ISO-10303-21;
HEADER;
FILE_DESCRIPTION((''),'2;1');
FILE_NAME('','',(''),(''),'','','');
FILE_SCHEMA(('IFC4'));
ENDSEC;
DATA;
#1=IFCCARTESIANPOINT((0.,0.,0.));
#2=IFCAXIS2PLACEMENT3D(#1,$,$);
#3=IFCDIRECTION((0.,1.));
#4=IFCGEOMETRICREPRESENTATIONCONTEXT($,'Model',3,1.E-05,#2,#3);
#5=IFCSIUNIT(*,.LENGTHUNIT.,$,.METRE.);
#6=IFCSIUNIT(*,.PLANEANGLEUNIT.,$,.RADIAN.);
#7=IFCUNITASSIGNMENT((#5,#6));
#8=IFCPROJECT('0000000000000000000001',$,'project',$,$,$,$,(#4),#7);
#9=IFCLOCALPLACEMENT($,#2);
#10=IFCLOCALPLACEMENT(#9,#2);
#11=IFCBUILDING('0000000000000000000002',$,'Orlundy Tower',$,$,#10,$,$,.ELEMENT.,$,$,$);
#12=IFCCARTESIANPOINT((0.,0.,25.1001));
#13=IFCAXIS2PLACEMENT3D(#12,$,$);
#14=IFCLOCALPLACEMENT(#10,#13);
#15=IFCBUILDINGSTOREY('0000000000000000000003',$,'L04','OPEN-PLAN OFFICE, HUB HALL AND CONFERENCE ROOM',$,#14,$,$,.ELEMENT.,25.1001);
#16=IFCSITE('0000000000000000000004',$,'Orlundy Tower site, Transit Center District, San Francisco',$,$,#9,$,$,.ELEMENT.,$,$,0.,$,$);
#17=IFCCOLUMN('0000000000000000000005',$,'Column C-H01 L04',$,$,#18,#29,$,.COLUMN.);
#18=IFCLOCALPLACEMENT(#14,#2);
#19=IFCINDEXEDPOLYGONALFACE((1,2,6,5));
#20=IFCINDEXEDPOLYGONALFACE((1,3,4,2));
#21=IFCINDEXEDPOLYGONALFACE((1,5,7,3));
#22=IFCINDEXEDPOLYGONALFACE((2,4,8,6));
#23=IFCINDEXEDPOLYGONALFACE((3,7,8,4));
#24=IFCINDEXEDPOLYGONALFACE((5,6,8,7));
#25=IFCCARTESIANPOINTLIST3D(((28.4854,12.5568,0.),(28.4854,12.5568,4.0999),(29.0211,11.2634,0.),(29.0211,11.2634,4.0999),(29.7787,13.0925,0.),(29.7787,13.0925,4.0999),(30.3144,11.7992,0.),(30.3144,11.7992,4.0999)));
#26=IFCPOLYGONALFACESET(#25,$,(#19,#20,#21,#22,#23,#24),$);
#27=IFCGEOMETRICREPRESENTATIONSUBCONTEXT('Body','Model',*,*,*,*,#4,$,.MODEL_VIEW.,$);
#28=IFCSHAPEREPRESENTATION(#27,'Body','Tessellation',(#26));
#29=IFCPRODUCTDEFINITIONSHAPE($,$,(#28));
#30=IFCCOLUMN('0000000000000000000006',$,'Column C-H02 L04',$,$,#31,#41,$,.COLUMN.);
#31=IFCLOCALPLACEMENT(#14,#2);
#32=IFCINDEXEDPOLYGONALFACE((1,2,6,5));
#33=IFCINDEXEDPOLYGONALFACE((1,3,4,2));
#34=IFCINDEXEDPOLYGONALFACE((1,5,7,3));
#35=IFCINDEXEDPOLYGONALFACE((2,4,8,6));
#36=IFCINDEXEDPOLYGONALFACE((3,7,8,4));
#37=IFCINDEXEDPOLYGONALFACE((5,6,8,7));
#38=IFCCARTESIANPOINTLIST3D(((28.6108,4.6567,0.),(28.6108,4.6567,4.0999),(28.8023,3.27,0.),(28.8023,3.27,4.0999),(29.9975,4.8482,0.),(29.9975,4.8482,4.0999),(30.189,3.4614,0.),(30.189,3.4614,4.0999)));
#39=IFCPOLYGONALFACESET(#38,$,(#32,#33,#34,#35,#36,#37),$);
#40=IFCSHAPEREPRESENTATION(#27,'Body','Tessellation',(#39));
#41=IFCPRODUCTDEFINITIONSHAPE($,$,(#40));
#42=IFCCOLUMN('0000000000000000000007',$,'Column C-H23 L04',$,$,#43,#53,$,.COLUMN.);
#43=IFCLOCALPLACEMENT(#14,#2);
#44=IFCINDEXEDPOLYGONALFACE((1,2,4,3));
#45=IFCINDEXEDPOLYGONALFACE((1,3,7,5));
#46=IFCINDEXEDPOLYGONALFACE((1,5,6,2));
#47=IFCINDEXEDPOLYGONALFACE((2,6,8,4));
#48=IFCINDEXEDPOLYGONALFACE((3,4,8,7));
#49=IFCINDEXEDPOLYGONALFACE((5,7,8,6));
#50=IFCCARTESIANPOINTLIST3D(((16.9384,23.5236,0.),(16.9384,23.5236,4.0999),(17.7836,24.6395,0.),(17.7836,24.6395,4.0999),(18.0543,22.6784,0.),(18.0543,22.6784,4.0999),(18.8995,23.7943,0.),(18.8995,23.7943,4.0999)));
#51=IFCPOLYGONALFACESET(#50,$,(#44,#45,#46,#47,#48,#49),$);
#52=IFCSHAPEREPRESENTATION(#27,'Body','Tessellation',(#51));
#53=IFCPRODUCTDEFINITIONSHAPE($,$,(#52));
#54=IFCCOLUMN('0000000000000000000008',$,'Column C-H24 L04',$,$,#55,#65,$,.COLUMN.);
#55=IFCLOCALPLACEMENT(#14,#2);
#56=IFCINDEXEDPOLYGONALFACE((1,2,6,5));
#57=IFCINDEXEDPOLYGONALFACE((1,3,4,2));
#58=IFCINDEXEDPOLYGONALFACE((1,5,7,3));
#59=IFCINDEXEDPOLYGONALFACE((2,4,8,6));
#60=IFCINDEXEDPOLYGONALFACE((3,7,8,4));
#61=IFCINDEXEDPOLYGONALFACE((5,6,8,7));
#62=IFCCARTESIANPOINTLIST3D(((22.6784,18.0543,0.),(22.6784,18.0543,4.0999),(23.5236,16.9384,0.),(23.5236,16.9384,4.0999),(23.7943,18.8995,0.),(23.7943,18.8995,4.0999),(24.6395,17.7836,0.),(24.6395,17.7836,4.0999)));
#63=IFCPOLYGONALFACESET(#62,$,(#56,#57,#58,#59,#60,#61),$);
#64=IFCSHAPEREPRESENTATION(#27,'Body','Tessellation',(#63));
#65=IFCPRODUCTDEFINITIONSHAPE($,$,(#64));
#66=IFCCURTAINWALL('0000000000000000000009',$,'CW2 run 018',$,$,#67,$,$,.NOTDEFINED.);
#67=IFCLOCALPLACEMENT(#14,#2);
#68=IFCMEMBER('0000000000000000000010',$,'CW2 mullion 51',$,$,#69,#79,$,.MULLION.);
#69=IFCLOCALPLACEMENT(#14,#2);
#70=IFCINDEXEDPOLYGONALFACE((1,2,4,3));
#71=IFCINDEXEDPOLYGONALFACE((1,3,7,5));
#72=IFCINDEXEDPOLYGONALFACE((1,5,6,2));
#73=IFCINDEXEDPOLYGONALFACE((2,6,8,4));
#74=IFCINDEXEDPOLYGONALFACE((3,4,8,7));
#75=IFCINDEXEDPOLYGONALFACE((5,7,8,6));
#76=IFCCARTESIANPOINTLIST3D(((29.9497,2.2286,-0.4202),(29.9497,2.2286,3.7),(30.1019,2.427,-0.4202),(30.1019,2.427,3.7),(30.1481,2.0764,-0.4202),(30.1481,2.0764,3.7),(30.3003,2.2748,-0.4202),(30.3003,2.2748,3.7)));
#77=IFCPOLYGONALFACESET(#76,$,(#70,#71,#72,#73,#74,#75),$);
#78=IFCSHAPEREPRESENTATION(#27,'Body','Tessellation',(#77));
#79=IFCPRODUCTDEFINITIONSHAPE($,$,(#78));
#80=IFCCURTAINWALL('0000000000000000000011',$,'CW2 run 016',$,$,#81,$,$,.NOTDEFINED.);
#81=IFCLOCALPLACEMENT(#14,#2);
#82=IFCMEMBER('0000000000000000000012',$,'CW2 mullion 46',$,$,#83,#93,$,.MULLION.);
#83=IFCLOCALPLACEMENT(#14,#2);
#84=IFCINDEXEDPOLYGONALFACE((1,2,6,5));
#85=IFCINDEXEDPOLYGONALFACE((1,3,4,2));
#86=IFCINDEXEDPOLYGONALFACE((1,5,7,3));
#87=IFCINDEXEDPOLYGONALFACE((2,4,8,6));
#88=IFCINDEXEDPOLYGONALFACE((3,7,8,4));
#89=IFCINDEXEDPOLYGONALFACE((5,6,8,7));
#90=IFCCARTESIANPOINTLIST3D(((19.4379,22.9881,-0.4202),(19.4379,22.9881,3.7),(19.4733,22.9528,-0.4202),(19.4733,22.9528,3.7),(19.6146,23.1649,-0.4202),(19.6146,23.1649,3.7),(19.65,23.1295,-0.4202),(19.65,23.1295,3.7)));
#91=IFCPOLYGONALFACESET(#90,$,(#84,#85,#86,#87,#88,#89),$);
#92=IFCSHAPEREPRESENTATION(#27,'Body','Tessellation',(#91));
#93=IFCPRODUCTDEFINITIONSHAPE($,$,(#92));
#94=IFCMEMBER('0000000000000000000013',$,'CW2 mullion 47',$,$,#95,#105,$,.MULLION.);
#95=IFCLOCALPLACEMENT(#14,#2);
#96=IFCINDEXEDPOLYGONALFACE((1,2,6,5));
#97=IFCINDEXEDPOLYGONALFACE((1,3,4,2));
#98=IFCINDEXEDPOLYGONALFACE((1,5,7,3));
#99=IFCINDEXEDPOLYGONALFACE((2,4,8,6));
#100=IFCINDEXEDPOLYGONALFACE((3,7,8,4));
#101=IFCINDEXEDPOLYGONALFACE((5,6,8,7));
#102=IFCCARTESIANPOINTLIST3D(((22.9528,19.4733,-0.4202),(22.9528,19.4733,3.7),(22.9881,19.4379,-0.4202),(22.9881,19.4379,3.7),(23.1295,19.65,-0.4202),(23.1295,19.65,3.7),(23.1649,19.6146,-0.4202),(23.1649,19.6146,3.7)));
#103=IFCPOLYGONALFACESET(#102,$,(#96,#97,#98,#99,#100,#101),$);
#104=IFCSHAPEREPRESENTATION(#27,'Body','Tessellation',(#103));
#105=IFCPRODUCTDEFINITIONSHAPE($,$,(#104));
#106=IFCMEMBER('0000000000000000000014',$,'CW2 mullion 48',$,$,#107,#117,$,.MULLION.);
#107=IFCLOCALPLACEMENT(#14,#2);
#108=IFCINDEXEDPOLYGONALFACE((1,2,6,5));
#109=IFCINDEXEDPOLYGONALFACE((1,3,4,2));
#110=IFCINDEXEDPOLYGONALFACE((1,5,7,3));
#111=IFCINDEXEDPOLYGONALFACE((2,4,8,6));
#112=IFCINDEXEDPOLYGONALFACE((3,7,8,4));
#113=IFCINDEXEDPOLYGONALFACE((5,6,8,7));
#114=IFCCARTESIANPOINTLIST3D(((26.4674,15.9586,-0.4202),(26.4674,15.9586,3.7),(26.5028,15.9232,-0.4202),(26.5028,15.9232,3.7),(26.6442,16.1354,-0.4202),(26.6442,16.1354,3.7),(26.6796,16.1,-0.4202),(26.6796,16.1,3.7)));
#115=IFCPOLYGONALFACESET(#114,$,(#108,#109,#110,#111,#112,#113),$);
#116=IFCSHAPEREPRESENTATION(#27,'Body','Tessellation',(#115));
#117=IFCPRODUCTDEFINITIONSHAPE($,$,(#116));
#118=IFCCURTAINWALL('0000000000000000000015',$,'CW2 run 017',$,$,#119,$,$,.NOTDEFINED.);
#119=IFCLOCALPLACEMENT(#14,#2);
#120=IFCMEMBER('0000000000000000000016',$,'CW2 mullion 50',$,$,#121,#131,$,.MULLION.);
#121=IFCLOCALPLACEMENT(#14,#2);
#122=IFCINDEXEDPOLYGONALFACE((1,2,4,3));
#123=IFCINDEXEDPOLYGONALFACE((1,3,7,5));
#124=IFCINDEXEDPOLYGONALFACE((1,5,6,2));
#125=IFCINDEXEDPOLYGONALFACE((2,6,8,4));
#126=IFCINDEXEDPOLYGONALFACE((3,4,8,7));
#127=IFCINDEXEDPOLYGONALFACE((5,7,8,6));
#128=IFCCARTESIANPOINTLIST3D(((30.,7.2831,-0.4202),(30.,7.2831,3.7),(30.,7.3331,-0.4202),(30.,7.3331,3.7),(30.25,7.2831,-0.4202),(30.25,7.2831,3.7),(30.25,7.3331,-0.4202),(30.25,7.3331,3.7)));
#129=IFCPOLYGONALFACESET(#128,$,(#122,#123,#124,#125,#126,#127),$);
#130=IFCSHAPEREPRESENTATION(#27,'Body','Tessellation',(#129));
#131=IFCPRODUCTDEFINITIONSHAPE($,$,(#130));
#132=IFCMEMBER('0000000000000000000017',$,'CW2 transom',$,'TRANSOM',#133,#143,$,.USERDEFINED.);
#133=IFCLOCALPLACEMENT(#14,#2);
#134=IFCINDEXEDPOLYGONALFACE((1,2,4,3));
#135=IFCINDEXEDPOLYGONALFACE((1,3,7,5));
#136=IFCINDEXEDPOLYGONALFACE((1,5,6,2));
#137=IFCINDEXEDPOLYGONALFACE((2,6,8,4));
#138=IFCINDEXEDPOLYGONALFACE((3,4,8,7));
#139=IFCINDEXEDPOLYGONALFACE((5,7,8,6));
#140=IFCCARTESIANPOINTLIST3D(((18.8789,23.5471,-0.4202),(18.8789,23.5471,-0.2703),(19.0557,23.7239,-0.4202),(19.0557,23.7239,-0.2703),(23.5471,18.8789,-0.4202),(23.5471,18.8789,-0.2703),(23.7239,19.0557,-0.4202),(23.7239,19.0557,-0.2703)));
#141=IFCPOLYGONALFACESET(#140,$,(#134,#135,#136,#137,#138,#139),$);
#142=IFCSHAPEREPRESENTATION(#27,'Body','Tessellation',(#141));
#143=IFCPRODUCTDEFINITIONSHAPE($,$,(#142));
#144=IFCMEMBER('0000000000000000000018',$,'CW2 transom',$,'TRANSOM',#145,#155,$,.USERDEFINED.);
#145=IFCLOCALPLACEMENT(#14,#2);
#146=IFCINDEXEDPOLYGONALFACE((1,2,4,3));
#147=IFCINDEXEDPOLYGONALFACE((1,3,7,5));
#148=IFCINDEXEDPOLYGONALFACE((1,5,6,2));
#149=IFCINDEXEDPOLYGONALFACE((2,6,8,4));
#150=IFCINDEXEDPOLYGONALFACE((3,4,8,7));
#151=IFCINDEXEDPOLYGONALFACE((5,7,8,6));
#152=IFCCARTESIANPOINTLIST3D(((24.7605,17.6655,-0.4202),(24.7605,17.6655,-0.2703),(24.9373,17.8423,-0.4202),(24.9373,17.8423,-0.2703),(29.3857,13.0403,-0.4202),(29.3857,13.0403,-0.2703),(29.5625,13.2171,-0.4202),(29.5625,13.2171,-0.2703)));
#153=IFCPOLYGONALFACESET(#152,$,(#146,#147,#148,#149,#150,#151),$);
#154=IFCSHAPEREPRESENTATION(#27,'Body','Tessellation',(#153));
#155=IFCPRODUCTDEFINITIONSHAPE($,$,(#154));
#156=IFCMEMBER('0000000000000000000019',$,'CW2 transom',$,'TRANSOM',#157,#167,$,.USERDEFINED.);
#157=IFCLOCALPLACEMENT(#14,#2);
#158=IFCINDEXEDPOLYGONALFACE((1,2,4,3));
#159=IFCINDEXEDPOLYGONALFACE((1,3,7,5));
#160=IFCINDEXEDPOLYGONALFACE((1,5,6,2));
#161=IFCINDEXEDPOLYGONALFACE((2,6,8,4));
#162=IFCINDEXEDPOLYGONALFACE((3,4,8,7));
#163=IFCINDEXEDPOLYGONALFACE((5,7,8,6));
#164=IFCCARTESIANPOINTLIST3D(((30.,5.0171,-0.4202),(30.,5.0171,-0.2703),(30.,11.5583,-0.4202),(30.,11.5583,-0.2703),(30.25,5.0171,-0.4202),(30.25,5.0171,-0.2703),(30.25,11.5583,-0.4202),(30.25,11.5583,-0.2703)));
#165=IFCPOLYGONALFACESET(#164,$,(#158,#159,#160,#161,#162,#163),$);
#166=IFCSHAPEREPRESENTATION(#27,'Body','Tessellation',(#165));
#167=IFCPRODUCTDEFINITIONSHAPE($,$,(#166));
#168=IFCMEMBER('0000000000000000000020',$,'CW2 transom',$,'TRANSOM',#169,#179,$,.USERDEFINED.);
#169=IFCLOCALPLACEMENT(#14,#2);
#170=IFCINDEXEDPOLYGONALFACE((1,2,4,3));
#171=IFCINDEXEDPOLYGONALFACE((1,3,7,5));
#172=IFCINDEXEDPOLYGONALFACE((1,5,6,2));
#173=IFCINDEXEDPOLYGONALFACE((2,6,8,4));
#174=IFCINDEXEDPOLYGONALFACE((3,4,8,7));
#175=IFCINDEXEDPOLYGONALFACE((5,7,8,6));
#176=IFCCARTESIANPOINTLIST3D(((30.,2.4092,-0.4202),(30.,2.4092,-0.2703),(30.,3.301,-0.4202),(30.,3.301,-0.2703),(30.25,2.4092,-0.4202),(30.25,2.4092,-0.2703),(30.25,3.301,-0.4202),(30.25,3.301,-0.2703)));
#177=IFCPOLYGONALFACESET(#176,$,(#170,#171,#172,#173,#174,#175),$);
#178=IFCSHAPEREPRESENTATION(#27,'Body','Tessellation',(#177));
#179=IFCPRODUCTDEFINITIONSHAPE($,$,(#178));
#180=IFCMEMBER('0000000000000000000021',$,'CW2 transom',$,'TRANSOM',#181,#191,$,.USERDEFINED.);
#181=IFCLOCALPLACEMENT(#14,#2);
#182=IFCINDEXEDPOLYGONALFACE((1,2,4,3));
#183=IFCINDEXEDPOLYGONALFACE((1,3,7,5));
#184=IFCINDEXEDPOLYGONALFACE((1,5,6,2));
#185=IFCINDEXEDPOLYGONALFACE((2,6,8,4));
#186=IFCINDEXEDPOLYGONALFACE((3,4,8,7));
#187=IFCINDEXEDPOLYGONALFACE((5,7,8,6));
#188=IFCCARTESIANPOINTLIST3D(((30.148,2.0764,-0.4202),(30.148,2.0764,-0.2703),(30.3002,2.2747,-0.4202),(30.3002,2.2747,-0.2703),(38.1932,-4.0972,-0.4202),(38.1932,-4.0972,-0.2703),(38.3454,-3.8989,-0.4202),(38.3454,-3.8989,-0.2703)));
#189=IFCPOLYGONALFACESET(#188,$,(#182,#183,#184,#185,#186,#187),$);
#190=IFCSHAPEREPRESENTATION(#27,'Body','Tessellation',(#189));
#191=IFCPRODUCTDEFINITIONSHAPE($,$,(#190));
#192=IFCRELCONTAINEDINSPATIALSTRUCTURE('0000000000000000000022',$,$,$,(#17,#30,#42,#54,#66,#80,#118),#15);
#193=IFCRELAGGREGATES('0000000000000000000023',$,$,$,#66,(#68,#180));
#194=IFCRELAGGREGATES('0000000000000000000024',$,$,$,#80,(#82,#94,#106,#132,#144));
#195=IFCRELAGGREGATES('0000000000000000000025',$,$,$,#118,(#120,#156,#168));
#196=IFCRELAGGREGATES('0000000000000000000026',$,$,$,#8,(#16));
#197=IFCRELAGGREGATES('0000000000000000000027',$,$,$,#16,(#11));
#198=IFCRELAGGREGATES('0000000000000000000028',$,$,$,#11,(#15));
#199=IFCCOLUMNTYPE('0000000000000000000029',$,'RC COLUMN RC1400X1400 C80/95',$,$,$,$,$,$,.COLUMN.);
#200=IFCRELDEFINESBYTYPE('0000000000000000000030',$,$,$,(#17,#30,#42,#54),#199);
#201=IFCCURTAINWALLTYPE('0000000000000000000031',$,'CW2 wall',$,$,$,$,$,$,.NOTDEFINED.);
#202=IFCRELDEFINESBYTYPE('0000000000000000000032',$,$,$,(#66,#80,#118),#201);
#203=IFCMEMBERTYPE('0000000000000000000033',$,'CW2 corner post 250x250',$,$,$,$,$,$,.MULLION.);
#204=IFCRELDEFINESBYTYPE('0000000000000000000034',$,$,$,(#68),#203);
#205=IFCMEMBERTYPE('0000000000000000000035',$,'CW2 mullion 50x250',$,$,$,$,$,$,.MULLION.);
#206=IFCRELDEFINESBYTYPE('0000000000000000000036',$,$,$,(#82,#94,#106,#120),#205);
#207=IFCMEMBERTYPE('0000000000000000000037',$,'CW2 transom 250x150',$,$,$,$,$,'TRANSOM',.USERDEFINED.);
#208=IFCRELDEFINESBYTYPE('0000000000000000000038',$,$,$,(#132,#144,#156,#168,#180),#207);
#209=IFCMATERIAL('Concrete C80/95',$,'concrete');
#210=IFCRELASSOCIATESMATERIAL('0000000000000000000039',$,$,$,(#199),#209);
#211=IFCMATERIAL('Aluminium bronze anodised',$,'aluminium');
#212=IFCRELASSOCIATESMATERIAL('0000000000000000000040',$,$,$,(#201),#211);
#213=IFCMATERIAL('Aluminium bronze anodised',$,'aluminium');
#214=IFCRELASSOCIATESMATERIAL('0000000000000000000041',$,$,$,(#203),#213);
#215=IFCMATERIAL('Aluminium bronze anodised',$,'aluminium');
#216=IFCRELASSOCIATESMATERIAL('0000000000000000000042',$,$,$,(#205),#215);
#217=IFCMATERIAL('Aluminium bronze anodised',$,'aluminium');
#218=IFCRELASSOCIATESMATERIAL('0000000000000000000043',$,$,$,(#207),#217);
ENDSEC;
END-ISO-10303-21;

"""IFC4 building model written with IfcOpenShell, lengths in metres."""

from ifc_helpers import new_model, si_unit, direction, frame, origin, origin_2d, place, context, subcontext, project, spatial, rectangle, extrude, material, material_profile, profile_set, type_object, element, aggregate, save


model = new_model("IFC4")

# Units and contexts
model_context = context("Model", 3, precision=1e-05, world=origin(), true_north=direction((0.0, 1.0)))
body_context = subcontext(model_context, "Body", "Model", "MODEL_VIEW")
ifc_project = project(units=[si_unit("LENGTHUNIT", "METRE"), si_unit("PLANEANGLEUNIT", "RADIAN")], contexts=[model_context])

# Site, building, storey
site_placement = place(None, origin())
site = spatial("IfcSite", under=ifc_project, at=site_placement, Name="Orlundy Tower site, Transit Center District, San Francisco", CompositionType="ELEMENT", RefElevation=0.0)
building_placement = place(site_placement, origin())
building = spatial("IfcBuilding", under=site, at=building_placement, Name="Orlundy Tower", CompositionType="ELEMENT")
storey_placement = place(building_placement, frame((0.0, 0.0, 25.1001)))
storey = spatial("IfcBuildingStorey", under=building, at=storey_placement, Name="L04", Description="OPEN-PLAN OFFICE, HUB HALL AND CONFERENCE ROOM", CompositionType="ELEMENT", Elevation=25.1001)

# Columns
ifc_material_1 = material(Name="Concrete C80/95", Category="concrete")
ifc_material_profile_1 = material_profile(ifc_material_1, rectangle(XDim=1.3999, YDim=1.3999, at=origin_2d()), Name="RC1400X1400")
ifc_profile_set_1 = profile_set([ifc_material_profile_1], Name="Concrete C80/95")
column_type = type_object("IfcColumnType", Name="RC COLUMN RC1400X1400 C80/95", PredefinedType="COLUMN", material=ifc_profile_set_1)
for number, where, z_axis, x_axis, name in (
    (1, (29.3999, 12.178, 0.0), (0.0, 0.0, 1.0), (0.92388, 0.382683, 0.0), "Column C-H01 L04"),
    (2, (29.3999, 4.0591, 0.0), (0.0, 0.0, 1.0), (0.990603, 0.13677, 0.0), "Column C-H02 L04"),
    (3, (17.9189, 23.6589, 0.0), (0.0, 0.0, 1.0), (0.603765, 0.797163, 0.0), "Column C-H23 L04"),
    (4, (23.6589, 17.9189, 0.0), (0.0, 0.0, 1.0), (0.797163, 0.603765, 0.0), "Column C-H24 L04"),
):
    element("IfcColumn", number, at=place(storey_placement, frame(where, z_axis=z_axis, x_axis=x_axis)), inside=storey, type_object=column_type, Name=name, PredefinedType="COLUMN", context=body_context, shape_type="SweptSolid", body=[
        extrude(rectangle(XDim=1.3999, YDim=1.3999, at=origin_2d()), origin(), (0.0, 0.0, 1.0), 4.0999),
    ])

# Curtain wall, member
ifc_material_2 = material(Name="Aluminium bronze anodised", Category="aluminium")
curtain_wall_type = type_object("IfcCurtainWallType", Name="CW2 wall", PredefinedType="NOTDEFINED", material=ifc_material_2)
curtain_wall_1_placement = place(storey_placement, origin())
curtain_wall_1 = element("IfcCurtainWall", 5, at=curtain_wall_1_placement, inside=storey, type_object=curtain_wall_type, Name="CW2 run 018", PredefinedType="NOTDEFINED")
ifc_material_3 = material(Name="Aluminium bronze anodised", Category="aluminium")
ifc_material_profile_2 = material_profile(ifc_material_3, rectangle(XDim=0.25, YDim=0.25, at=origin_2d()), Name="CW2 corner post 250x250")
ifc_profile_set_2 = profile_set([ifc_material_profile_2], Name="Aluminium bronze anodised")
member_type_1 = type_object("IfcMemberType", Name="CW2 corner post 250x250", PredefinedType="MULLION", material=ifc_profile_set_2)
member_1_placement = place(storey_placement, frame((30.125, 2.2517, -0.4202), z_axis=(0.0, 0.0, 1.0), x_axis=(0.608779, 0.79334, 0.0)))
member_1 = element("IfcMember", 6, at=member_1_placement, type_object=member_type_1, Name="CW2 mullion 51", PredefinedType="MULLION", context=body_context, shape_type="SweptSolid", body=[
    extrude(rectangle(XDim=0.25, YDim=0.25, at=origin_2d()), origin(), (0.0, 0.0, 1.0), 4.1201),
])

# Curtain wall, members
curtain_wall_2_placement = place(storey_placement, origin())
curtain_wall_2 = element("IfcCurtainWall", 7, at=curtain_wall_2_placement, inside=storey, type_object=curtain_wall_type, Name="CW2 run 016", PredefinedType="NOTDEFINED")
ifc_material_4 = material(Name="Aluminium bronze anodised", Category="aluminium")
ifc_material_profile_3 = material_profile(ifc_material_4, rectangle(XDim=0.25, YDim=0.05, at=origin_2d()), Name="CW2 mullion 50x250")
ifc_profile_set_3 = profile_set([ifc_material_profile_3], Name="Aluminium bronze anodised")
member_type_2 = type_object("IfcMemberType", Name="CW2 mullion 50x250", PredefinedType="MULLION", material=ifc_profile_set_3)
member_2_placement = place(storey_placement, frame((19.5439, 23.0588, -0.4202), z_axis=(0.0, 0.0, 1.0), x_axis=(0.707107, 0.707107, 0.0)))
member_2 = element("IfcMember", 8, at=member_2_placement, type_object=member_type_2, Name="CW2 mullion 46", PredefinedType="MULLION", context=body_context, shape_type="SweptSolid", body=[
    extrude(rectangle(XDim=0.25, YDim=0.05, at=origin_2d()), origin(), (0.0, 0.0, 1.0), 4.1201),
])
member_3_placement = place(storey_placement, frame((23.0588, 19.5439, -0.4202), z_axis=(0.0, 0.0, 1.0), x_axis=(0.707107, 0.707107, 0.0)))
member_3 = element("IfcMember", 9, at=member_3_placement, type_object=member_type_2, Name="CW2 mullion 47", PredefinedType="MULLION", context=body_context, shape_type="SweptSolid", body=[
    extrude(rectangle(XDim=0.25, YDim=0.05, at=origin_2d()), origin(), (0.0, 0.0, 1.0), 4.1201),
])
member_4_placement = place(storey_placement, frame((26.5735, 16.0293, -0.4202), z_axis=(0.0, 0.0, 1.0), x_axis=(0.707107, 0.707107, 0.0)))
member_4 = element("IfcMember", 10, at=member_4_placement, type_object=member_type_2, Name="CW2 mullion 48", PredefinedType="MULLION", context=body_context, shape_type="SweptSolid", body=[
    extrude(rectangle(XDim=0.25, YDim=0.05, at=origin_2d()), origin(), (0.0, 0.0, 1.0), 4.1201),
])

# Curtain wall, member
curtain_wall_3_placement = place(storey_placement, origin())
curtain_wall_3 = element("IfcCurtainWall", 11, at=curtain_wall_3_placement, inside=storey, type_object=curtain_wall_type, Name="CW2 run 017", PredefinedType="NOTDEFINED")
member_5_placement = place(storey_placement, frame((30.125, 7.3081, -0.4202), z_axis=(0.0, 0.0, 1.0), x_axis=(1.0, 0.0, 0.0)))
member_5 = element("IfcMember", 12, at=member_5_placement, type_object=member_type_2, Name="CW2 mullion 50", PredefinedType="MULLION", context=body_context, shape_type="SweptSolid", body=[
    extrude(rectangle(XDim=0.25, YDim=0.05, at=origin_2d()), origin(), (0.0, 0.0, 1.0), 4.1201),
])

# Members
ifc_material_5 = material(Name="Aluminium bronze anodised", Category="aluminium")
ifc_material_profile_4 = material_profile(ifc_material_5, rectangle(XDim=0.25, YDim=0.1499, at=origin_2d()), Name="CW2 transom 250x150")
ifc_profile_set_4 = profile_set([ifc_material_profile_4], Name="Aluminium bronze anodised")
member_type_3 = type_object("IfcMemberType", Name="CW2 transom 250x150", ElementType="TRANSOM", PredefinedType="USERDEFINED", material=ifc_profile_set_4)
member_6_placement = place(storey_placement, frame((18.9673, 23.6355, -0.3452), z_axis=(0.707107, -0.707107, 0.0), x_axis=(0.707107, 0.707107, 0.0)))
member_6 = element("IfcMember", 13, at=member_6_placement, type_object=member_type_3, Name="CW2 transom", ObjectType="TRANSOM", PredefinedType="USERDEFINED", context=body_context, shape_type="SweptSolid", body=[
    extrude(rectangle(XDim=0.25, YDim=0.1499, at=origin_2d()), origin(), (0.0, 0.0, 1.0), 6.6018),
])
member_7_placement = place(storey_placement, frame((24.8489, 17.7539, -0.3452), z_axis=(0.707107, -0.707107, 0.0), x_axis=(0.707107, 0.707107, 0.0)))
member_7 = element("IfcMember", 14, at=member_7_placement, type_object=member_type_3, Name="CW2 transom", ObjectType="TRANSOM", PredefinedType="USERDEFINED", context=body_context, shape_type="SweptSolid", body=[
    extrude(rectangle(XDim=0.25, YDim=0.1499, at=origin_2d()), origin(), (0.0, 0.0, 1.0), 6.541),
])
member_8_placement = place(storey_placement, frame((30.125, 11.5583, -0.3452), z_axis=(0.0, -1.0, 0.0), x_axis=(1.0, 0.0, 0.0)))
member_8 = element("IfcMember", 15, at=member_8_placement, type_object=member_type_3, Name="CW2 transom", ObjectType="TRANSOM", PredefinedType="USERDEFINED", context=body_context, shape_type="SweptSolid", body=[
    extrude(rectangle(XDim=0.25, YDim=0.1499, at=origin_2d()), origin(), (0.0, 0.0, 1.0), 6.5413),
])
member_9_placement = place(storey_placement, frame((30.125, 3.301, -0.3452), z_axis=(0.0, -1.0, 0.0), x_axis=(1.0, 0.0, 0.0)))
member_9 = element("IfcMember", 16, at=member_9_placement, type_object=member_type_3, Name="CW2 transom", ObjectType="TRANSOM", PredefinedType="USERDEFINED", context=body_context, shape_type="SweptSolid", body=[
    extrude(rectangle(XDim=0.25, YDim=0.1499, at=origin_2d()), origin(), (0.0, 0.0, 1.0), 0.8918),
])
member_10_placement = place(storey_placement, frame((30.2241, 2.1755, -0.3452), z_axis=(0.793339, -0.608781, 0.0), x_axis=(0.608781, 0.793339, 0.0)))
member_10 = element("IfcMember", 17, at=member_10_placement, type_object=member_type_3, Name="CW2 transom", ObjectType="TRANSOM", PredefinedType="USERDEFINED", context=body_context, shape_type="SweptSolid", body=[
    extrude(rectangle(XDim=0.25, YDim=0.1499, at=origin_2d()), origin(), (0.0, 0.0, 1.0), 10.1409),
])
aggregate(curtain_wall_1, [member_1, member_10])

aggregate(curtain_wall_2, [member_2, member_3, member_4, member_6, member_7])
aggregate(curtain_wall_3, [member_5, member_8, member_9])

save(model, "model.ifc")
